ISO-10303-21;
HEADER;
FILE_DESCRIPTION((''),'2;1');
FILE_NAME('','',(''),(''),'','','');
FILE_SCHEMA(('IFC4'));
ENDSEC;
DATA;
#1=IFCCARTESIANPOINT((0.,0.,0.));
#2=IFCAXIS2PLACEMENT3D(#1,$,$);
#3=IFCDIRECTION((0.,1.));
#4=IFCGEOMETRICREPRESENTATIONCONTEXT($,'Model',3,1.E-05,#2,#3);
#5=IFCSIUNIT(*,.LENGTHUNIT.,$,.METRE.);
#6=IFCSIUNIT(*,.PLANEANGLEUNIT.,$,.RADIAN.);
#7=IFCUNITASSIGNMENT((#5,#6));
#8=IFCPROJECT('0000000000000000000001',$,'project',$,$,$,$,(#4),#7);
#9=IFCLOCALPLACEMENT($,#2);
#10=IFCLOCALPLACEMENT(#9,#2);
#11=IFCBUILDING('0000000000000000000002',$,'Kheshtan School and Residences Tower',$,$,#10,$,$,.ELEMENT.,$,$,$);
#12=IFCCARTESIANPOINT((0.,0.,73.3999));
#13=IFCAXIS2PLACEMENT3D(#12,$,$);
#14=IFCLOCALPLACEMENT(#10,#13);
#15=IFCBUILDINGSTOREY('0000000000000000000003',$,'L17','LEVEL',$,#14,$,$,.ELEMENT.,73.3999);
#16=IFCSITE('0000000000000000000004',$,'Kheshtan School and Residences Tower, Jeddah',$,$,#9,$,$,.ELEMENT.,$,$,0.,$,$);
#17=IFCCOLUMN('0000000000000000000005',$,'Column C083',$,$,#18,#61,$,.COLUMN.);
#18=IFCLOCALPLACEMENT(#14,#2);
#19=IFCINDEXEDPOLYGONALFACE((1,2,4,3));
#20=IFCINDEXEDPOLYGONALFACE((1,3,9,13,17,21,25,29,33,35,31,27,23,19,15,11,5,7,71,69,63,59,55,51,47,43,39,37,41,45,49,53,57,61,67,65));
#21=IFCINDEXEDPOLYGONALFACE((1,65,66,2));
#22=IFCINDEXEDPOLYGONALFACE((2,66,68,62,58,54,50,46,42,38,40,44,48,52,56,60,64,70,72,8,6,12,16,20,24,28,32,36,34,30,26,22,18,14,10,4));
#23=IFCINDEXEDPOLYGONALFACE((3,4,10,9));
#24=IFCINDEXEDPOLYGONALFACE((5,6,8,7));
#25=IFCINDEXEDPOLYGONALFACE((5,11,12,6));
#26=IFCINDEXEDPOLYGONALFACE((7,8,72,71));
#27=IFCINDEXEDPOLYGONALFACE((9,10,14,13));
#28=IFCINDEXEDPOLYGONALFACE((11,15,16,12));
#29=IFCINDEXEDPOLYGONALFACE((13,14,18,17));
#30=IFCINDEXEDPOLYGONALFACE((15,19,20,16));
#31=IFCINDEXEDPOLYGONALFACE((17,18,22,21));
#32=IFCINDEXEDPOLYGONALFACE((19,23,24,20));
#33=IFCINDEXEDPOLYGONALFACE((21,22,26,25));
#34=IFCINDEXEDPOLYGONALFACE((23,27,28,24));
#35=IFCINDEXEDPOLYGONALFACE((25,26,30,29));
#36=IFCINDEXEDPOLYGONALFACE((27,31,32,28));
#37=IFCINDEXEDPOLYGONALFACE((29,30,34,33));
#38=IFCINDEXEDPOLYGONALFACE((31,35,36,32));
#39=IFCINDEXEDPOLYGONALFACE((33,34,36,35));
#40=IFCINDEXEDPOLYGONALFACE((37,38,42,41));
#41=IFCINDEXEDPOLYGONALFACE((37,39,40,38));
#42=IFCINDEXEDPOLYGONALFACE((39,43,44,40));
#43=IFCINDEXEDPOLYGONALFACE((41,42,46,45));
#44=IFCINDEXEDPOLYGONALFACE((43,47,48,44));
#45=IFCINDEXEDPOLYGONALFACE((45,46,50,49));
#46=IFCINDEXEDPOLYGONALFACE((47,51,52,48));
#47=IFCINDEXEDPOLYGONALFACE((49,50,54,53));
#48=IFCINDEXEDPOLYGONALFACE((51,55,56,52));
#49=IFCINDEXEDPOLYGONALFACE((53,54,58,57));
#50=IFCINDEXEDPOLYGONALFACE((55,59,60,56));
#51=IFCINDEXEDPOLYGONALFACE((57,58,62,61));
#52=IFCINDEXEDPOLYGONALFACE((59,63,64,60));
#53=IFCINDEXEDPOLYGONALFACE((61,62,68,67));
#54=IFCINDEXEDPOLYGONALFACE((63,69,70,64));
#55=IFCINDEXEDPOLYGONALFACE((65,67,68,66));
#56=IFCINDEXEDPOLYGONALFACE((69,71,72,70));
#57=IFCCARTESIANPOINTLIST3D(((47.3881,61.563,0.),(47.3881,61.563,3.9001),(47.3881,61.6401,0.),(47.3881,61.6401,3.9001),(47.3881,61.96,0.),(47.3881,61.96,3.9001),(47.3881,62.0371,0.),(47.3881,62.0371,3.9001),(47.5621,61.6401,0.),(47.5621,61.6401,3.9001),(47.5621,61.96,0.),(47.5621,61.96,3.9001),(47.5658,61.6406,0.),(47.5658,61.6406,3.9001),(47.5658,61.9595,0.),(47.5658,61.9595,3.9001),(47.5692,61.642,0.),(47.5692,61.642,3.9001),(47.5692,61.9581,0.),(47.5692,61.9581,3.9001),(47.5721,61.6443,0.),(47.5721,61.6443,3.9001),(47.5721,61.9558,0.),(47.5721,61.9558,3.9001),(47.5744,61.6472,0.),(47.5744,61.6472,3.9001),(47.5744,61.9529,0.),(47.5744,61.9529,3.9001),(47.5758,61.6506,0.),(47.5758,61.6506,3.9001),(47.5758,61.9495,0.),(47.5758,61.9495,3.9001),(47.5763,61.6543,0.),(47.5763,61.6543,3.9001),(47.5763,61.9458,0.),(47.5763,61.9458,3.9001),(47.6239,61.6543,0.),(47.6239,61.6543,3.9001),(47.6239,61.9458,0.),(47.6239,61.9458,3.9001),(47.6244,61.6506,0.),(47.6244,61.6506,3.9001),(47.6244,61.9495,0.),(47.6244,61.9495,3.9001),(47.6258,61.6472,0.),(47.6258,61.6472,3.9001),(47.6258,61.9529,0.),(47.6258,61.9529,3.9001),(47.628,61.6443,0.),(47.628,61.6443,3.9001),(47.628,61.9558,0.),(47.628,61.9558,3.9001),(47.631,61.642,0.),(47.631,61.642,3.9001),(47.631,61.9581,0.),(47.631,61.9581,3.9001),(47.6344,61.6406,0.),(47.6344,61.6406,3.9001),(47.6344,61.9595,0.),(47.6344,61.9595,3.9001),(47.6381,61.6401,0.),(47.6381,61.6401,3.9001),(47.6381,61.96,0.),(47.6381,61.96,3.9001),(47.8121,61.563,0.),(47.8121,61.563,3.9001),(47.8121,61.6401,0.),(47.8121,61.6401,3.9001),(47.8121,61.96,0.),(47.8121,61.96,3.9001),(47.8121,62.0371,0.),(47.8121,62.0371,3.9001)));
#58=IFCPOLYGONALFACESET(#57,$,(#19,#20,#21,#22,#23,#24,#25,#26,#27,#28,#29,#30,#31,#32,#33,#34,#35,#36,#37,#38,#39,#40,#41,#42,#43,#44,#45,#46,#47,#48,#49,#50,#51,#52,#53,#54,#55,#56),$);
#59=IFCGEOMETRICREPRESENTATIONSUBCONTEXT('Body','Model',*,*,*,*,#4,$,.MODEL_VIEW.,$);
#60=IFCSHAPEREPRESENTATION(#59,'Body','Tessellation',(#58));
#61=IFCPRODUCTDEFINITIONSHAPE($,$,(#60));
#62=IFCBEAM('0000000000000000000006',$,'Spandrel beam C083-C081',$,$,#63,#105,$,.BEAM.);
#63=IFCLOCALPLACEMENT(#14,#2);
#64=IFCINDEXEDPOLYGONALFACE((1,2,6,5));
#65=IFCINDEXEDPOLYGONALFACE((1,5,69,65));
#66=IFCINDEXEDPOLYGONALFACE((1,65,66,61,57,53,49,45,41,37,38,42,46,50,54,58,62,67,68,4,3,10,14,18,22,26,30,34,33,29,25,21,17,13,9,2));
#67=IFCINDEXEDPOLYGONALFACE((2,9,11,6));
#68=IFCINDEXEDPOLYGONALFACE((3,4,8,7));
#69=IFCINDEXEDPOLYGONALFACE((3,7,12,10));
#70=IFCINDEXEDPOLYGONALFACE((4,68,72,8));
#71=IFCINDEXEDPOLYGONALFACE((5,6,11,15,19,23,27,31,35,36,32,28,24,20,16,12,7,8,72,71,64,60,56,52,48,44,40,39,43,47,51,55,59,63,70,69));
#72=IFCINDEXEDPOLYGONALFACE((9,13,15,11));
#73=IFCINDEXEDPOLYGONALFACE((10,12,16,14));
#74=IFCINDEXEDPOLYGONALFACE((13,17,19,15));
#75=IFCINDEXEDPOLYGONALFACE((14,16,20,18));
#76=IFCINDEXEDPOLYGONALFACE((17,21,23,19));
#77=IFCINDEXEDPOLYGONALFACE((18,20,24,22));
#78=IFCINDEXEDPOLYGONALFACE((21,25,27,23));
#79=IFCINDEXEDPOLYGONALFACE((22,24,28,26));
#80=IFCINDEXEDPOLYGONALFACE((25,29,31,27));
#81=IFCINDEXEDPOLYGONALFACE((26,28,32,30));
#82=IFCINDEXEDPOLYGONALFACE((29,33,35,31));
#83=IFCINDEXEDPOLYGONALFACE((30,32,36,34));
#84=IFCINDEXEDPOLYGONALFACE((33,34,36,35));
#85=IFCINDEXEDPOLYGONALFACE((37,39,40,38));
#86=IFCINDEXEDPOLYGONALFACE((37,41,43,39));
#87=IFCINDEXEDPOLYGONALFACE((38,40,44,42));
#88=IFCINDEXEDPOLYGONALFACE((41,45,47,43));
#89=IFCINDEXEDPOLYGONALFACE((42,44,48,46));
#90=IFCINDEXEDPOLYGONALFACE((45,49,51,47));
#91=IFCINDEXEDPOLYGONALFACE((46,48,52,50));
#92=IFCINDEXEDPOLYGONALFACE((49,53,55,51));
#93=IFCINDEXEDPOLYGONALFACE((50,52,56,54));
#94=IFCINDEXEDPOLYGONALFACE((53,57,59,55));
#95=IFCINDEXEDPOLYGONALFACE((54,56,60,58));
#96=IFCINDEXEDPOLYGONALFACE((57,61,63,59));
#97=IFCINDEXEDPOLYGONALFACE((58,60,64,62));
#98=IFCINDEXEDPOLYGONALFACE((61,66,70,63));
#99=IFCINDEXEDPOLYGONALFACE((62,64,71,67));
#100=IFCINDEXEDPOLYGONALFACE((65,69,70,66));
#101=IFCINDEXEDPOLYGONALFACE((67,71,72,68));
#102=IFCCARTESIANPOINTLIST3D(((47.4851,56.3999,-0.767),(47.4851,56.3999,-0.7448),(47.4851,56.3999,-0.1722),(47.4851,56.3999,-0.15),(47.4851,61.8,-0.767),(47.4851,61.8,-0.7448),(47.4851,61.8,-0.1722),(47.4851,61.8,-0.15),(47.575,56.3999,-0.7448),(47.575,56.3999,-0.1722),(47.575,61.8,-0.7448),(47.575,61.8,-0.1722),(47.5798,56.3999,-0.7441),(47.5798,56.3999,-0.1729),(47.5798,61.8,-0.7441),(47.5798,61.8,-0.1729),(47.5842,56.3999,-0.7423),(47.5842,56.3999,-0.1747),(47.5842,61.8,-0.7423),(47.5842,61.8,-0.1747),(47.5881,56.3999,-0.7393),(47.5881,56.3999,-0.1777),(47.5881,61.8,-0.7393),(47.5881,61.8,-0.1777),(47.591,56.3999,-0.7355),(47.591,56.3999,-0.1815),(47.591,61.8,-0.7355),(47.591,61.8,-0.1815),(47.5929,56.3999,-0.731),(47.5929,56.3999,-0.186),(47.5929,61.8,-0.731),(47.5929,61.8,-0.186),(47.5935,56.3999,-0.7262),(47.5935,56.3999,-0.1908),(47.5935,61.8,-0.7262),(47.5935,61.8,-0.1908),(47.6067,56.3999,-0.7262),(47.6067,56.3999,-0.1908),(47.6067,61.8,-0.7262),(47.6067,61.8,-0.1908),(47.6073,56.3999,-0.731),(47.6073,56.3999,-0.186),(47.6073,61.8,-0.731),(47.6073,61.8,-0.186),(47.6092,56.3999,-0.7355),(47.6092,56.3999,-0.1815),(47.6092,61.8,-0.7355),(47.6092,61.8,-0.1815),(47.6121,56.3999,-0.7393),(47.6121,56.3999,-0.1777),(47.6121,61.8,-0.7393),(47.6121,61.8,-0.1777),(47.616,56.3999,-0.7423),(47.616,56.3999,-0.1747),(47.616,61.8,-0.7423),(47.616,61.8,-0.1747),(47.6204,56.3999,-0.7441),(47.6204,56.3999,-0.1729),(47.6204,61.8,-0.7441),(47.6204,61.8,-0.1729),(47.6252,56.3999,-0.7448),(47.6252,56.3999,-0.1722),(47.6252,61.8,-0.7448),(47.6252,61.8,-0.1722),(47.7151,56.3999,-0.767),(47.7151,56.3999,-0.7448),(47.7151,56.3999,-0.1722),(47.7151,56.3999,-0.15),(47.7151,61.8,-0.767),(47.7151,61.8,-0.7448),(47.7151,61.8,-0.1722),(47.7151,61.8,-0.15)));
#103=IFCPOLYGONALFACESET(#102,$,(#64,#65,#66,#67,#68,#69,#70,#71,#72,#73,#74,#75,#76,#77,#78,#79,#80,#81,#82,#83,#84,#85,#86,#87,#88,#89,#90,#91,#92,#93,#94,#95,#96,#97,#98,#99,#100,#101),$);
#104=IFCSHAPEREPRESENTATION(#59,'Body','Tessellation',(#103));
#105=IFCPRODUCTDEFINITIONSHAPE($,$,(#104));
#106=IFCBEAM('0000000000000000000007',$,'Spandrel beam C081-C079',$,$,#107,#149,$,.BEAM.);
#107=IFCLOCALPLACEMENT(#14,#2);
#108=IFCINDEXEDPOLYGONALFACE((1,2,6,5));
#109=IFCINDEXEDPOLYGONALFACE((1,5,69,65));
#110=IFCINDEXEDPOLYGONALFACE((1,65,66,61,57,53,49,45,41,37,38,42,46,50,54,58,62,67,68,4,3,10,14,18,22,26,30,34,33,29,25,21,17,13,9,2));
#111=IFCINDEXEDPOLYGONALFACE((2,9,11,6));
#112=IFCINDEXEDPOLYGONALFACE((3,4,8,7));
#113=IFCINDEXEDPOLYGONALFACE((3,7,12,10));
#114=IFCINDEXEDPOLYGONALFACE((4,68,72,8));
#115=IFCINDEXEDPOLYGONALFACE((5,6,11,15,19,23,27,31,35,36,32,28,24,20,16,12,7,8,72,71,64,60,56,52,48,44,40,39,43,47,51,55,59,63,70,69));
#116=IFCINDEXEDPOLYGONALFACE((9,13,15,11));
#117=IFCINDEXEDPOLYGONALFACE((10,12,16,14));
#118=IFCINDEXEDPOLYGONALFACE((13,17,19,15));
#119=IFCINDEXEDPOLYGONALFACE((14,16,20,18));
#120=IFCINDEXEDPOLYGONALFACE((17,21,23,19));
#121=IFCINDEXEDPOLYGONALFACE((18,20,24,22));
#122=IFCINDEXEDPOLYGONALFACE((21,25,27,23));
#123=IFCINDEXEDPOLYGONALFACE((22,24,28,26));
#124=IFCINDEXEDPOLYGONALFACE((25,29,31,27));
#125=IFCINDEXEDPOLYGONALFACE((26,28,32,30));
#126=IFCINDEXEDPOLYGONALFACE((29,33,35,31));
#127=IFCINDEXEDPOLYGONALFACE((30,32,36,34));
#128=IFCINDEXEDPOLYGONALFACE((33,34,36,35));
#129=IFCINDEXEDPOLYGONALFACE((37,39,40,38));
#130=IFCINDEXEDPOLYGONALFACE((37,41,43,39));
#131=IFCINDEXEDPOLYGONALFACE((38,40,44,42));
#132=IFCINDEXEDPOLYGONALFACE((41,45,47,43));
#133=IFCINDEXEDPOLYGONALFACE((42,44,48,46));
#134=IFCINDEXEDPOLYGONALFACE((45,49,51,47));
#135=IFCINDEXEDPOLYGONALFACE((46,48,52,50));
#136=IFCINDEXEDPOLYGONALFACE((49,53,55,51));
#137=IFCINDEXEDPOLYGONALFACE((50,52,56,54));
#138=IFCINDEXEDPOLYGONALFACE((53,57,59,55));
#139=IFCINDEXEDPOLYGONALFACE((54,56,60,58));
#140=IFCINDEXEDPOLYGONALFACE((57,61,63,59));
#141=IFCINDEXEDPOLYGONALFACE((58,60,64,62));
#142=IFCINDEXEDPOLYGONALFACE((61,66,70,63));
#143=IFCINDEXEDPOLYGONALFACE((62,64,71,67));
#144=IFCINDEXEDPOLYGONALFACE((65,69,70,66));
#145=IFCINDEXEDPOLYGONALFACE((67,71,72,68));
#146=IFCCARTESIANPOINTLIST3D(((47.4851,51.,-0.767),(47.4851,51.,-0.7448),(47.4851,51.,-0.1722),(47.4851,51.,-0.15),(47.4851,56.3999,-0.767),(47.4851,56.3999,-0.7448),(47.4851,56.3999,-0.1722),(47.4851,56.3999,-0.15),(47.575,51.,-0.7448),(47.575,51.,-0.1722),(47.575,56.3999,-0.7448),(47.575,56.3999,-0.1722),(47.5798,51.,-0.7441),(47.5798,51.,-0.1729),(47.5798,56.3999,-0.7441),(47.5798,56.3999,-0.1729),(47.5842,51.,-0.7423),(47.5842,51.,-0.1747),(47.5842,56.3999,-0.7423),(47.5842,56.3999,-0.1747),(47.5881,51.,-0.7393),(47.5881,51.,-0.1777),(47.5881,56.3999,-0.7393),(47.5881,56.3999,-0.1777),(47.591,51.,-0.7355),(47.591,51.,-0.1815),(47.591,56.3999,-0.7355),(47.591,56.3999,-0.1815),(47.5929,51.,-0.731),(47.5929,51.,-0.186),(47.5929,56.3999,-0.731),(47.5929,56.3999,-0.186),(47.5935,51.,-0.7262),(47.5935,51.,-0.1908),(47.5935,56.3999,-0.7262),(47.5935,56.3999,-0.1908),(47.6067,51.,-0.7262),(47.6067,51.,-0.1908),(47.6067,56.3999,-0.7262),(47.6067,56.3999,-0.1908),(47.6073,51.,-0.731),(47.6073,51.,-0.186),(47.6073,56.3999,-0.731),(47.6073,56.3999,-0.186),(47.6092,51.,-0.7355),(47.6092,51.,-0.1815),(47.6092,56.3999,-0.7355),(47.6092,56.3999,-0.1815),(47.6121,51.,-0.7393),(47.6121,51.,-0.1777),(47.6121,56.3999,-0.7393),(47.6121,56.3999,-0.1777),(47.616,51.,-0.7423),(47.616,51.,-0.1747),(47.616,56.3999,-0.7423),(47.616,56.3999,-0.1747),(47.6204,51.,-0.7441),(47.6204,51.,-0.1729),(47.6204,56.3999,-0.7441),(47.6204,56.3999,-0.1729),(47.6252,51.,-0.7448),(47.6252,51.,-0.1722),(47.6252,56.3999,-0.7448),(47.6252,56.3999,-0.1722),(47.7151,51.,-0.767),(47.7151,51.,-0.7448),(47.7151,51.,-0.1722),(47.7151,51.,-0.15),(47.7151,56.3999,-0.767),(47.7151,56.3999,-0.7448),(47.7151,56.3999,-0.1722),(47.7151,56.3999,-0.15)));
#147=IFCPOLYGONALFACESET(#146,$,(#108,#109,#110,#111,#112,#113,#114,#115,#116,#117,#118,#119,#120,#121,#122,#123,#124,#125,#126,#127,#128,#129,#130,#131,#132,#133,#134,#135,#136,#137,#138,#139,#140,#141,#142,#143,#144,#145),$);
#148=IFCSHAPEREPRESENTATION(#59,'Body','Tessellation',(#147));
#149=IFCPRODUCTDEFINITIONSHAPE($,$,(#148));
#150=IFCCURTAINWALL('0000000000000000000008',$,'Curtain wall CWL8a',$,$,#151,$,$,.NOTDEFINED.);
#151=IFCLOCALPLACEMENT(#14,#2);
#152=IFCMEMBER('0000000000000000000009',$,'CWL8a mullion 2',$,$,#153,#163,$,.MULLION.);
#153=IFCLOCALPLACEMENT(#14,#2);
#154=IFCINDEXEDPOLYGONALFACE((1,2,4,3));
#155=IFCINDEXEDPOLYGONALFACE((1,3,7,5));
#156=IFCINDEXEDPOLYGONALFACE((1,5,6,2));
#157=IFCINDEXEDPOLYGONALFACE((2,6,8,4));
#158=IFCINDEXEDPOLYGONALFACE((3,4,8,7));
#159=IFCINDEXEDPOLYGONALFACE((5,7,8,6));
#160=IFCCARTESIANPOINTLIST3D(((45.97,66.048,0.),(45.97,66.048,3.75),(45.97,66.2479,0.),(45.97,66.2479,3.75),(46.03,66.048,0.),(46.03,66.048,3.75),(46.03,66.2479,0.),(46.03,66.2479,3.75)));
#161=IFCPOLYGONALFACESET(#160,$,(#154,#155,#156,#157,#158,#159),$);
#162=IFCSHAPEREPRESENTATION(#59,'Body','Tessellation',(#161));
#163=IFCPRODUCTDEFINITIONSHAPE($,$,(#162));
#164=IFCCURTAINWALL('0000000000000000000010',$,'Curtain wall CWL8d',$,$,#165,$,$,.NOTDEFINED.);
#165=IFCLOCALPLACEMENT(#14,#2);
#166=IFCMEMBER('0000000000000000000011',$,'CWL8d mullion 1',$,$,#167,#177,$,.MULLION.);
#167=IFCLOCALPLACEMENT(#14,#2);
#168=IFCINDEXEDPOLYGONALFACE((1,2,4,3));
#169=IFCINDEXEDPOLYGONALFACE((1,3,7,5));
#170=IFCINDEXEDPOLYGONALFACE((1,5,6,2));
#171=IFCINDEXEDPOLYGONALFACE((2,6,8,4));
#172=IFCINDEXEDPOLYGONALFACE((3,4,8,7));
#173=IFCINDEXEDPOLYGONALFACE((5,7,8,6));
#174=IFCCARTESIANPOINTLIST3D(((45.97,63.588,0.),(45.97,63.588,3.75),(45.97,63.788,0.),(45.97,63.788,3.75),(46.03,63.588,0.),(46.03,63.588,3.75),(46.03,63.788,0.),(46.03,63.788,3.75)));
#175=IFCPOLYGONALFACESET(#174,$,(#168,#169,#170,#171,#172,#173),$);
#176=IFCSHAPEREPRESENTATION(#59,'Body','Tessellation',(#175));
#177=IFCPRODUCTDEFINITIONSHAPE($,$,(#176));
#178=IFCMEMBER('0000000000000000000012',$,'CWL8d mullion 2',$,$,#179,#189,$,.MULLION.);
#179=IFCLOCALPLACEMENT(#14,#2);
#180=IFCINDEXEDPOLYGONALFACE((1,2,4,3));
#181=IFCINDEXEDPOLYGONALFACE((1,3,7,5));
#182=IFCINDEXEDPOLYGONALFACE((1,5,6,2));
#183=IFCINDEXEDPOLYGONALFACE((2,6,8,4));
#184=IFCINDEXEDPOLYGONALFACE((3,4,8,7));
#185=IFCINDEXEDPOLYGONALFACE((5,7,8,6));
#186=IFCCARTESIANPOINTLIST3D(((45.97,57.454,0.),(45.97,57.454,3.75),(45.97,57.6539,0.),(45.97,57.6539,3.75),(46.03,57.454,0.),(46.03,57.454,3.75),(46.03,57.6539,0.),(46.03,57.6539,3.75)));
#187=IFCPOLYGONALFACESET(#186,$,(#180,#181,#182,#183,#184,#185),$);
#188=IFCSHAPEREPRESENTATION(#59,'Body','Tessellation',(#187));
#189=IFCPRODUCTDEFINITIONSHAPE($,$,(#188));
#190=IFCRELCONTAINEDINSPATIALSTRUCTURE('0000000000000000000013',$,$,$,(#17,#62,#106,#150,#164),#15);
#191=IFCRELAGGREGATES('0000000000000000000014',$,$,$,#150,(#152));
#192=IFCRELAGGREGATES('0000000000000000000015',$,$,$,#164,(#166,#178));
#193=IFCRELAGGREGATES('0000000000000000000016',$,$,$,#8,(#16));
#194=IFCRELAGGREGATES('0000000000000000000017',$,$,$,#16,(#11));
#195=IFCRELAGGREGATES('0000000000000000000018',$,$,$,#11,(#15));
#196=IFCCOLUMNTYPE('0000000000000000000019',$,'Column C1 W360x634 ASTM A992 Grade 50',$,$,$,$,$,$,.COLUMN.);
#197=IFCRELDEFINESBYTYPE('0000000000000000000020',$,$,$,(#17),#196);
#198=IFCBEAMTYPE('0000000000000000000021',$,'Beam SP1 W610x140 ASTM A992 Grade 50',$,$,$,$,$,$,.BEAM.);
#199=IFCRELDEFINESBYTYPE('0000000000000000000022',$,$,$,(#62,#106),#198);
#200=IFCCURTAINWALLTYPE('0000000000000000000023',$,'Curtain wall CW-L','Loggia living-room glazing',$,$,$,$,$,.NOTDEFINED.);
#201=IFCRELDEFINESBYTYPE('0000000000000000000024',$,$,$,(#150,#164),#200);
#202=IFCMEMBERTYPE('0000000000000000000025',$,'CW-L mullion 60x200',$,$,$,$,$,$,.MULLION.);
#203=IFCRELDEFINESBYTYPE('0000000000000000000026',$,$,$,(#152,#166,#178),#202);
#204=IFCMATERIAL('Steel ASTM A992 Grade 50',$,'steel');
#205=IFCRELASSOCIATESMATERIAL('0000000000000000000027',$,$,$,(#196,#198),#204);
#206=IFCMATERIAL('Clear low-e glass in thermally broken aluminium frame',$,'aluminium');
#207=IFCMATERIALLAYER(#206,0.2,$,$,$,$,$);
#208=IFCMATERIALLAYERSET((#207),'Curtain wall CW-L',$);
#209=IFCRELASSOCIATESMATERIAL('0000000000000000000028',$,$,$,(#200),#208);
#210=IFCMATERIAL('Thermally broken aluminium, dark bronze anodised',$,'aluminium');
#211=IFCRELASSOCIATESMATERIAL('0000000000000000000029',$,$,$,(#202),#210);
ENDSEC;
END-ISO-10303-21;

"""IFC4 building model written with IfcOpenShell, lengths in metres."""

from ifc_helpers import new_model, si_unit, direction, frame, origin, origin_2d, place, context, subcontext, project, spatial, rectangle, i_section, extrude, material, layer, layer_set, material_profile, profile_set, type_object, element, aggregate, save


model = new_model("IFC4")

# Units and contexts
model_context = context("Model", 3, precision=1e-05, world=origin(), true_north=direction((0.0, 1.0)))
body_context = subcontext(model_context, "Body", "Model", "MODEL_VIEW")
ifc_project = project(units=[si_unit("LENGTHUNIT", "METRE"), si_unit("PLANEANGLEUNIT", "RADIAN")], contexts=[model_context])

# Site, building, storey
site_placement = place(None, origin())
site = spatial("IfcSite", under=ifc_project, at=site_placement, Name="Kheshtan School and Residences Tower, Jeddah", CompositionType="ELEMENT", RefElevation=0.0)
building_placement = place(site_placement, origin())
building = spatial("IfcBuilding", under=site, at=building_placement, Name="Kheshtan School and Residences Tower", CompositionType="ELEMENT")
storey_placement = place(building_placement, frame((0.0, 0.0, 73.3999)))
storey = spatial("IfcBuildingStorey", under=building, at=storey_placement, Name="L17", Description="LEVEL", CompositionType="ELEMENT", Elevation=73.3999)

# Column
ifc_material_1 = material(Name="Steel ASTM A992 Grade 50", Category="steel")
ifc_material_profile_1 = material_profile(ifc_material_1, i_section(OverallWidth=0.4241, OverallDepth=0.4741, WebThickness=0.0476, FlangeThickness=0.0771, FilletRadius=0.0142, at=origin_2d()), Name="W360x634")
ifc_profile_set_1 = profile_set([ifc_material_profile_1], Name="Steel ASTM A992 Grade 50")
column_type = type_object("IfcColumnType", Name="Column C1 W360x634 ASTM A992 Grade 50", PredefinedType="COLUMN", material=ifc_profile_set_1)
column_placement = place(storey_placement, frame((47.6001, 61.8, 0.0), z_axis=(0.0, 0.0, 1.0), x_axis=(1.0, 0.0, 0.0)))
element("IfcColumn", 1, at=column_placement, inside=storey, type_object=column_type, Name="Column C083", PredefinedType="COLUMN", context=body_context, shape_type="SweptSolid", body=[
    extrude(i_section(OverallWidth=0.4241, OverallDepth=0.4741, WebThickness=0.0476, FlangeThickness=0.0771, FilletRadius=0.0142, at=origin_2d()), origin(), (0.0, 0.0, 1.0), 3.9001),
])

# Beams
ifc_material_profile_2 = material_profile(ifc_material_1, i_section(OverallWidth=0.23, OverallDepth=0.6169, WebThickness=0.0132, FlangeThickness=0.0222, FilletRadius=0.0186, at=origin_2d()), Name="W610x140")
ifc_profile_set_2 = profile_set([ifc_material_profile_2], Name="Steel ASTM A992 Grade 50")
beam_type = type_object("IfcBeamType", Name="Beam SP1 W610x140 ASTM A992 Grade 50", PredefinedType="BEAM", material=ifc_profile_set_2)
beam_1_placement = place(storey_placement, frame((47.6001, 61.8, -0.4585), z_axis=(0.0, -1.0, 0.0), x_axis=(1.0, 0.0, 0.0)))
element("IfcBeam", 2, at=beam_1_placement, inside=storey, type_object=beam_type, Name="Spandrel beam C083-C081", PredefinedType="BEAM", context=body_context, shape_type="SweptSolid", body=[
    extrude(i_section(OverallWidth=0.23, OverallDepth=0.6169, WebThickness=0.0132, FlangeThickness=0.0222, FilletRadius=0.0186, at=origin_2d()), origin(), (0.0, 0.0, 1.0), 5.4001),
])
beam_2_placement = place(storey_placement, frame((47.6001, 56.3999, -0.4585), z_axis=(0.0, -1.0, 0.0), x_axis=(1.0, 0.0, 0.0)))
element("IfcBeam", 3, at=beam_2_placement, inside=storey, type_object=beam_type, Name="Spandrel beam C081-C079", PredefinedType="BEAM", context=body_context, shape_type="SweptSolid", body=[
    extrude(i_section(OverallWidth=0.23, OverallDepth=0.6169, WebThickness=0.0132, FlangeThickness=0.0222, FilletRadius=0.0186, at=origin_2d()), origin(), (0.0, 0.0, 1.0), 5.3999),
])

# Curtain wall, member
ifc_material_2 = material(Name="Clear low-e glass in thermally broken aluminium frame", Category="aluminium")
ifc_layer_1 = layer(ifc_material_2, 0.2)
ifc_layer_set_1 = layer_set([ifc_layer_1], Name="Curtain wall CW-L")
curtain_wall_type = type_object("IfcCurtainWallType", Name="Curtain wall CW-L", Description="Loggia living-room glazing", PredefinedType="NOTDEFINED", material=ifc_layer_set_1)
curtain_wall_1_placement = place(storey_placement, origin())
curtain_wall_1 = element("IfcCurtainWall", 4, at=curtain_wall_1_placement, inside=storey, type_object=curtain_wall_type, Name="Curtain wall CWL8a", PredefinedType="NOTDEFINED")
ifc_material_3 = material(Name="Thermally broken aluminium, dark bronze anodised", Category="aluminium")
ifc_material_profile_3 = material_profile(ifc_material_3, rectangle(XDim=0.0601, YDim=0.2, at=origin_2d()), Name="CW-L mullion 60x200")
ifc_profile_set_3 = profile_set([ifc_material_profile_3], Name="Thermally broken aluminium, dark bronze anodised")
member_type_1 = type_object("IfcMemberType", Name="CW-L mullion 60x200", PredefinedType="MULLION", material=ifc_profile_set_3)
member_1_placement = place(storey_placement, frame((46.0, 66.1479, 0.0), z_axis=(0.0, 0.0, 1.0), x_axis=(1.0, 0.0, 0.0)))
member_1 = element("IfcMember", 5, at=member_1_placement, type_object=member_type_1, Name="CWL8a mullion 2", PredefinedType="MULLION", context=body_context, shape_type="SweptSolid", body=[
    extrude(rectangle(XDim=0.0601, YDim=0.2, at=origin_2d()), origin(), (0.0, 0.0, 1.0), 3.75),
])
aggregate(curtain_wall_1, [member_1])

# Curtain wall, members
curtain_wall_2_placement = place(storey_placement, origin())
curtain_wall_2 = element("IfcCurtainWall", 6, at=curtain_wall_2_placement, inside=storey, type_object=curtain_wall_type, Name="Curtain wall CWL8d", PredefinedType="NOTDEFINED")
member_2_placement = place(storey_placement, frame((46.0, 63.688, 0.0), z_axis=(0.0, 0.0, 1.0), x_axis=(1.0, 0.0, 0.0)))
member_2 = element("IfcMember", 7, at=member_2_placement, type_object=member_type_1, Name="CWL8d mullion 1", PredefinedType="MULLION", context=body_context, shape_type="SweptSolid", body=[
    extrude(rectangle(XDim=0.0601, YDim=0.2, at=origin_2d()), origin(), (0.0, 0.0, 1.0), 3.75),
])
member_3_placement = place(storey_placement, frame((46.0, 57.554, 0.0), z_axis=(0.0, 0.0, 1.0), x_axis=(1.0, 0.0, 0.0)))
member_3 = element("IfcMember", 8, at=member_3_placement, type_object=member_type_1, Name="CWL8d mullion 2", PredefinedType="MULLION", context=body_context, shape_type="SweptSolid", body=[
    extrude(rectangle(XDim=0.0601, YDim=0.2, at=origin_2d()), origin(), (0.0, 0.0, 1.0), 3.75),
])

aggregate(curtain_wall_2, [member_2, member_3])

save(model, "model.ifc")
